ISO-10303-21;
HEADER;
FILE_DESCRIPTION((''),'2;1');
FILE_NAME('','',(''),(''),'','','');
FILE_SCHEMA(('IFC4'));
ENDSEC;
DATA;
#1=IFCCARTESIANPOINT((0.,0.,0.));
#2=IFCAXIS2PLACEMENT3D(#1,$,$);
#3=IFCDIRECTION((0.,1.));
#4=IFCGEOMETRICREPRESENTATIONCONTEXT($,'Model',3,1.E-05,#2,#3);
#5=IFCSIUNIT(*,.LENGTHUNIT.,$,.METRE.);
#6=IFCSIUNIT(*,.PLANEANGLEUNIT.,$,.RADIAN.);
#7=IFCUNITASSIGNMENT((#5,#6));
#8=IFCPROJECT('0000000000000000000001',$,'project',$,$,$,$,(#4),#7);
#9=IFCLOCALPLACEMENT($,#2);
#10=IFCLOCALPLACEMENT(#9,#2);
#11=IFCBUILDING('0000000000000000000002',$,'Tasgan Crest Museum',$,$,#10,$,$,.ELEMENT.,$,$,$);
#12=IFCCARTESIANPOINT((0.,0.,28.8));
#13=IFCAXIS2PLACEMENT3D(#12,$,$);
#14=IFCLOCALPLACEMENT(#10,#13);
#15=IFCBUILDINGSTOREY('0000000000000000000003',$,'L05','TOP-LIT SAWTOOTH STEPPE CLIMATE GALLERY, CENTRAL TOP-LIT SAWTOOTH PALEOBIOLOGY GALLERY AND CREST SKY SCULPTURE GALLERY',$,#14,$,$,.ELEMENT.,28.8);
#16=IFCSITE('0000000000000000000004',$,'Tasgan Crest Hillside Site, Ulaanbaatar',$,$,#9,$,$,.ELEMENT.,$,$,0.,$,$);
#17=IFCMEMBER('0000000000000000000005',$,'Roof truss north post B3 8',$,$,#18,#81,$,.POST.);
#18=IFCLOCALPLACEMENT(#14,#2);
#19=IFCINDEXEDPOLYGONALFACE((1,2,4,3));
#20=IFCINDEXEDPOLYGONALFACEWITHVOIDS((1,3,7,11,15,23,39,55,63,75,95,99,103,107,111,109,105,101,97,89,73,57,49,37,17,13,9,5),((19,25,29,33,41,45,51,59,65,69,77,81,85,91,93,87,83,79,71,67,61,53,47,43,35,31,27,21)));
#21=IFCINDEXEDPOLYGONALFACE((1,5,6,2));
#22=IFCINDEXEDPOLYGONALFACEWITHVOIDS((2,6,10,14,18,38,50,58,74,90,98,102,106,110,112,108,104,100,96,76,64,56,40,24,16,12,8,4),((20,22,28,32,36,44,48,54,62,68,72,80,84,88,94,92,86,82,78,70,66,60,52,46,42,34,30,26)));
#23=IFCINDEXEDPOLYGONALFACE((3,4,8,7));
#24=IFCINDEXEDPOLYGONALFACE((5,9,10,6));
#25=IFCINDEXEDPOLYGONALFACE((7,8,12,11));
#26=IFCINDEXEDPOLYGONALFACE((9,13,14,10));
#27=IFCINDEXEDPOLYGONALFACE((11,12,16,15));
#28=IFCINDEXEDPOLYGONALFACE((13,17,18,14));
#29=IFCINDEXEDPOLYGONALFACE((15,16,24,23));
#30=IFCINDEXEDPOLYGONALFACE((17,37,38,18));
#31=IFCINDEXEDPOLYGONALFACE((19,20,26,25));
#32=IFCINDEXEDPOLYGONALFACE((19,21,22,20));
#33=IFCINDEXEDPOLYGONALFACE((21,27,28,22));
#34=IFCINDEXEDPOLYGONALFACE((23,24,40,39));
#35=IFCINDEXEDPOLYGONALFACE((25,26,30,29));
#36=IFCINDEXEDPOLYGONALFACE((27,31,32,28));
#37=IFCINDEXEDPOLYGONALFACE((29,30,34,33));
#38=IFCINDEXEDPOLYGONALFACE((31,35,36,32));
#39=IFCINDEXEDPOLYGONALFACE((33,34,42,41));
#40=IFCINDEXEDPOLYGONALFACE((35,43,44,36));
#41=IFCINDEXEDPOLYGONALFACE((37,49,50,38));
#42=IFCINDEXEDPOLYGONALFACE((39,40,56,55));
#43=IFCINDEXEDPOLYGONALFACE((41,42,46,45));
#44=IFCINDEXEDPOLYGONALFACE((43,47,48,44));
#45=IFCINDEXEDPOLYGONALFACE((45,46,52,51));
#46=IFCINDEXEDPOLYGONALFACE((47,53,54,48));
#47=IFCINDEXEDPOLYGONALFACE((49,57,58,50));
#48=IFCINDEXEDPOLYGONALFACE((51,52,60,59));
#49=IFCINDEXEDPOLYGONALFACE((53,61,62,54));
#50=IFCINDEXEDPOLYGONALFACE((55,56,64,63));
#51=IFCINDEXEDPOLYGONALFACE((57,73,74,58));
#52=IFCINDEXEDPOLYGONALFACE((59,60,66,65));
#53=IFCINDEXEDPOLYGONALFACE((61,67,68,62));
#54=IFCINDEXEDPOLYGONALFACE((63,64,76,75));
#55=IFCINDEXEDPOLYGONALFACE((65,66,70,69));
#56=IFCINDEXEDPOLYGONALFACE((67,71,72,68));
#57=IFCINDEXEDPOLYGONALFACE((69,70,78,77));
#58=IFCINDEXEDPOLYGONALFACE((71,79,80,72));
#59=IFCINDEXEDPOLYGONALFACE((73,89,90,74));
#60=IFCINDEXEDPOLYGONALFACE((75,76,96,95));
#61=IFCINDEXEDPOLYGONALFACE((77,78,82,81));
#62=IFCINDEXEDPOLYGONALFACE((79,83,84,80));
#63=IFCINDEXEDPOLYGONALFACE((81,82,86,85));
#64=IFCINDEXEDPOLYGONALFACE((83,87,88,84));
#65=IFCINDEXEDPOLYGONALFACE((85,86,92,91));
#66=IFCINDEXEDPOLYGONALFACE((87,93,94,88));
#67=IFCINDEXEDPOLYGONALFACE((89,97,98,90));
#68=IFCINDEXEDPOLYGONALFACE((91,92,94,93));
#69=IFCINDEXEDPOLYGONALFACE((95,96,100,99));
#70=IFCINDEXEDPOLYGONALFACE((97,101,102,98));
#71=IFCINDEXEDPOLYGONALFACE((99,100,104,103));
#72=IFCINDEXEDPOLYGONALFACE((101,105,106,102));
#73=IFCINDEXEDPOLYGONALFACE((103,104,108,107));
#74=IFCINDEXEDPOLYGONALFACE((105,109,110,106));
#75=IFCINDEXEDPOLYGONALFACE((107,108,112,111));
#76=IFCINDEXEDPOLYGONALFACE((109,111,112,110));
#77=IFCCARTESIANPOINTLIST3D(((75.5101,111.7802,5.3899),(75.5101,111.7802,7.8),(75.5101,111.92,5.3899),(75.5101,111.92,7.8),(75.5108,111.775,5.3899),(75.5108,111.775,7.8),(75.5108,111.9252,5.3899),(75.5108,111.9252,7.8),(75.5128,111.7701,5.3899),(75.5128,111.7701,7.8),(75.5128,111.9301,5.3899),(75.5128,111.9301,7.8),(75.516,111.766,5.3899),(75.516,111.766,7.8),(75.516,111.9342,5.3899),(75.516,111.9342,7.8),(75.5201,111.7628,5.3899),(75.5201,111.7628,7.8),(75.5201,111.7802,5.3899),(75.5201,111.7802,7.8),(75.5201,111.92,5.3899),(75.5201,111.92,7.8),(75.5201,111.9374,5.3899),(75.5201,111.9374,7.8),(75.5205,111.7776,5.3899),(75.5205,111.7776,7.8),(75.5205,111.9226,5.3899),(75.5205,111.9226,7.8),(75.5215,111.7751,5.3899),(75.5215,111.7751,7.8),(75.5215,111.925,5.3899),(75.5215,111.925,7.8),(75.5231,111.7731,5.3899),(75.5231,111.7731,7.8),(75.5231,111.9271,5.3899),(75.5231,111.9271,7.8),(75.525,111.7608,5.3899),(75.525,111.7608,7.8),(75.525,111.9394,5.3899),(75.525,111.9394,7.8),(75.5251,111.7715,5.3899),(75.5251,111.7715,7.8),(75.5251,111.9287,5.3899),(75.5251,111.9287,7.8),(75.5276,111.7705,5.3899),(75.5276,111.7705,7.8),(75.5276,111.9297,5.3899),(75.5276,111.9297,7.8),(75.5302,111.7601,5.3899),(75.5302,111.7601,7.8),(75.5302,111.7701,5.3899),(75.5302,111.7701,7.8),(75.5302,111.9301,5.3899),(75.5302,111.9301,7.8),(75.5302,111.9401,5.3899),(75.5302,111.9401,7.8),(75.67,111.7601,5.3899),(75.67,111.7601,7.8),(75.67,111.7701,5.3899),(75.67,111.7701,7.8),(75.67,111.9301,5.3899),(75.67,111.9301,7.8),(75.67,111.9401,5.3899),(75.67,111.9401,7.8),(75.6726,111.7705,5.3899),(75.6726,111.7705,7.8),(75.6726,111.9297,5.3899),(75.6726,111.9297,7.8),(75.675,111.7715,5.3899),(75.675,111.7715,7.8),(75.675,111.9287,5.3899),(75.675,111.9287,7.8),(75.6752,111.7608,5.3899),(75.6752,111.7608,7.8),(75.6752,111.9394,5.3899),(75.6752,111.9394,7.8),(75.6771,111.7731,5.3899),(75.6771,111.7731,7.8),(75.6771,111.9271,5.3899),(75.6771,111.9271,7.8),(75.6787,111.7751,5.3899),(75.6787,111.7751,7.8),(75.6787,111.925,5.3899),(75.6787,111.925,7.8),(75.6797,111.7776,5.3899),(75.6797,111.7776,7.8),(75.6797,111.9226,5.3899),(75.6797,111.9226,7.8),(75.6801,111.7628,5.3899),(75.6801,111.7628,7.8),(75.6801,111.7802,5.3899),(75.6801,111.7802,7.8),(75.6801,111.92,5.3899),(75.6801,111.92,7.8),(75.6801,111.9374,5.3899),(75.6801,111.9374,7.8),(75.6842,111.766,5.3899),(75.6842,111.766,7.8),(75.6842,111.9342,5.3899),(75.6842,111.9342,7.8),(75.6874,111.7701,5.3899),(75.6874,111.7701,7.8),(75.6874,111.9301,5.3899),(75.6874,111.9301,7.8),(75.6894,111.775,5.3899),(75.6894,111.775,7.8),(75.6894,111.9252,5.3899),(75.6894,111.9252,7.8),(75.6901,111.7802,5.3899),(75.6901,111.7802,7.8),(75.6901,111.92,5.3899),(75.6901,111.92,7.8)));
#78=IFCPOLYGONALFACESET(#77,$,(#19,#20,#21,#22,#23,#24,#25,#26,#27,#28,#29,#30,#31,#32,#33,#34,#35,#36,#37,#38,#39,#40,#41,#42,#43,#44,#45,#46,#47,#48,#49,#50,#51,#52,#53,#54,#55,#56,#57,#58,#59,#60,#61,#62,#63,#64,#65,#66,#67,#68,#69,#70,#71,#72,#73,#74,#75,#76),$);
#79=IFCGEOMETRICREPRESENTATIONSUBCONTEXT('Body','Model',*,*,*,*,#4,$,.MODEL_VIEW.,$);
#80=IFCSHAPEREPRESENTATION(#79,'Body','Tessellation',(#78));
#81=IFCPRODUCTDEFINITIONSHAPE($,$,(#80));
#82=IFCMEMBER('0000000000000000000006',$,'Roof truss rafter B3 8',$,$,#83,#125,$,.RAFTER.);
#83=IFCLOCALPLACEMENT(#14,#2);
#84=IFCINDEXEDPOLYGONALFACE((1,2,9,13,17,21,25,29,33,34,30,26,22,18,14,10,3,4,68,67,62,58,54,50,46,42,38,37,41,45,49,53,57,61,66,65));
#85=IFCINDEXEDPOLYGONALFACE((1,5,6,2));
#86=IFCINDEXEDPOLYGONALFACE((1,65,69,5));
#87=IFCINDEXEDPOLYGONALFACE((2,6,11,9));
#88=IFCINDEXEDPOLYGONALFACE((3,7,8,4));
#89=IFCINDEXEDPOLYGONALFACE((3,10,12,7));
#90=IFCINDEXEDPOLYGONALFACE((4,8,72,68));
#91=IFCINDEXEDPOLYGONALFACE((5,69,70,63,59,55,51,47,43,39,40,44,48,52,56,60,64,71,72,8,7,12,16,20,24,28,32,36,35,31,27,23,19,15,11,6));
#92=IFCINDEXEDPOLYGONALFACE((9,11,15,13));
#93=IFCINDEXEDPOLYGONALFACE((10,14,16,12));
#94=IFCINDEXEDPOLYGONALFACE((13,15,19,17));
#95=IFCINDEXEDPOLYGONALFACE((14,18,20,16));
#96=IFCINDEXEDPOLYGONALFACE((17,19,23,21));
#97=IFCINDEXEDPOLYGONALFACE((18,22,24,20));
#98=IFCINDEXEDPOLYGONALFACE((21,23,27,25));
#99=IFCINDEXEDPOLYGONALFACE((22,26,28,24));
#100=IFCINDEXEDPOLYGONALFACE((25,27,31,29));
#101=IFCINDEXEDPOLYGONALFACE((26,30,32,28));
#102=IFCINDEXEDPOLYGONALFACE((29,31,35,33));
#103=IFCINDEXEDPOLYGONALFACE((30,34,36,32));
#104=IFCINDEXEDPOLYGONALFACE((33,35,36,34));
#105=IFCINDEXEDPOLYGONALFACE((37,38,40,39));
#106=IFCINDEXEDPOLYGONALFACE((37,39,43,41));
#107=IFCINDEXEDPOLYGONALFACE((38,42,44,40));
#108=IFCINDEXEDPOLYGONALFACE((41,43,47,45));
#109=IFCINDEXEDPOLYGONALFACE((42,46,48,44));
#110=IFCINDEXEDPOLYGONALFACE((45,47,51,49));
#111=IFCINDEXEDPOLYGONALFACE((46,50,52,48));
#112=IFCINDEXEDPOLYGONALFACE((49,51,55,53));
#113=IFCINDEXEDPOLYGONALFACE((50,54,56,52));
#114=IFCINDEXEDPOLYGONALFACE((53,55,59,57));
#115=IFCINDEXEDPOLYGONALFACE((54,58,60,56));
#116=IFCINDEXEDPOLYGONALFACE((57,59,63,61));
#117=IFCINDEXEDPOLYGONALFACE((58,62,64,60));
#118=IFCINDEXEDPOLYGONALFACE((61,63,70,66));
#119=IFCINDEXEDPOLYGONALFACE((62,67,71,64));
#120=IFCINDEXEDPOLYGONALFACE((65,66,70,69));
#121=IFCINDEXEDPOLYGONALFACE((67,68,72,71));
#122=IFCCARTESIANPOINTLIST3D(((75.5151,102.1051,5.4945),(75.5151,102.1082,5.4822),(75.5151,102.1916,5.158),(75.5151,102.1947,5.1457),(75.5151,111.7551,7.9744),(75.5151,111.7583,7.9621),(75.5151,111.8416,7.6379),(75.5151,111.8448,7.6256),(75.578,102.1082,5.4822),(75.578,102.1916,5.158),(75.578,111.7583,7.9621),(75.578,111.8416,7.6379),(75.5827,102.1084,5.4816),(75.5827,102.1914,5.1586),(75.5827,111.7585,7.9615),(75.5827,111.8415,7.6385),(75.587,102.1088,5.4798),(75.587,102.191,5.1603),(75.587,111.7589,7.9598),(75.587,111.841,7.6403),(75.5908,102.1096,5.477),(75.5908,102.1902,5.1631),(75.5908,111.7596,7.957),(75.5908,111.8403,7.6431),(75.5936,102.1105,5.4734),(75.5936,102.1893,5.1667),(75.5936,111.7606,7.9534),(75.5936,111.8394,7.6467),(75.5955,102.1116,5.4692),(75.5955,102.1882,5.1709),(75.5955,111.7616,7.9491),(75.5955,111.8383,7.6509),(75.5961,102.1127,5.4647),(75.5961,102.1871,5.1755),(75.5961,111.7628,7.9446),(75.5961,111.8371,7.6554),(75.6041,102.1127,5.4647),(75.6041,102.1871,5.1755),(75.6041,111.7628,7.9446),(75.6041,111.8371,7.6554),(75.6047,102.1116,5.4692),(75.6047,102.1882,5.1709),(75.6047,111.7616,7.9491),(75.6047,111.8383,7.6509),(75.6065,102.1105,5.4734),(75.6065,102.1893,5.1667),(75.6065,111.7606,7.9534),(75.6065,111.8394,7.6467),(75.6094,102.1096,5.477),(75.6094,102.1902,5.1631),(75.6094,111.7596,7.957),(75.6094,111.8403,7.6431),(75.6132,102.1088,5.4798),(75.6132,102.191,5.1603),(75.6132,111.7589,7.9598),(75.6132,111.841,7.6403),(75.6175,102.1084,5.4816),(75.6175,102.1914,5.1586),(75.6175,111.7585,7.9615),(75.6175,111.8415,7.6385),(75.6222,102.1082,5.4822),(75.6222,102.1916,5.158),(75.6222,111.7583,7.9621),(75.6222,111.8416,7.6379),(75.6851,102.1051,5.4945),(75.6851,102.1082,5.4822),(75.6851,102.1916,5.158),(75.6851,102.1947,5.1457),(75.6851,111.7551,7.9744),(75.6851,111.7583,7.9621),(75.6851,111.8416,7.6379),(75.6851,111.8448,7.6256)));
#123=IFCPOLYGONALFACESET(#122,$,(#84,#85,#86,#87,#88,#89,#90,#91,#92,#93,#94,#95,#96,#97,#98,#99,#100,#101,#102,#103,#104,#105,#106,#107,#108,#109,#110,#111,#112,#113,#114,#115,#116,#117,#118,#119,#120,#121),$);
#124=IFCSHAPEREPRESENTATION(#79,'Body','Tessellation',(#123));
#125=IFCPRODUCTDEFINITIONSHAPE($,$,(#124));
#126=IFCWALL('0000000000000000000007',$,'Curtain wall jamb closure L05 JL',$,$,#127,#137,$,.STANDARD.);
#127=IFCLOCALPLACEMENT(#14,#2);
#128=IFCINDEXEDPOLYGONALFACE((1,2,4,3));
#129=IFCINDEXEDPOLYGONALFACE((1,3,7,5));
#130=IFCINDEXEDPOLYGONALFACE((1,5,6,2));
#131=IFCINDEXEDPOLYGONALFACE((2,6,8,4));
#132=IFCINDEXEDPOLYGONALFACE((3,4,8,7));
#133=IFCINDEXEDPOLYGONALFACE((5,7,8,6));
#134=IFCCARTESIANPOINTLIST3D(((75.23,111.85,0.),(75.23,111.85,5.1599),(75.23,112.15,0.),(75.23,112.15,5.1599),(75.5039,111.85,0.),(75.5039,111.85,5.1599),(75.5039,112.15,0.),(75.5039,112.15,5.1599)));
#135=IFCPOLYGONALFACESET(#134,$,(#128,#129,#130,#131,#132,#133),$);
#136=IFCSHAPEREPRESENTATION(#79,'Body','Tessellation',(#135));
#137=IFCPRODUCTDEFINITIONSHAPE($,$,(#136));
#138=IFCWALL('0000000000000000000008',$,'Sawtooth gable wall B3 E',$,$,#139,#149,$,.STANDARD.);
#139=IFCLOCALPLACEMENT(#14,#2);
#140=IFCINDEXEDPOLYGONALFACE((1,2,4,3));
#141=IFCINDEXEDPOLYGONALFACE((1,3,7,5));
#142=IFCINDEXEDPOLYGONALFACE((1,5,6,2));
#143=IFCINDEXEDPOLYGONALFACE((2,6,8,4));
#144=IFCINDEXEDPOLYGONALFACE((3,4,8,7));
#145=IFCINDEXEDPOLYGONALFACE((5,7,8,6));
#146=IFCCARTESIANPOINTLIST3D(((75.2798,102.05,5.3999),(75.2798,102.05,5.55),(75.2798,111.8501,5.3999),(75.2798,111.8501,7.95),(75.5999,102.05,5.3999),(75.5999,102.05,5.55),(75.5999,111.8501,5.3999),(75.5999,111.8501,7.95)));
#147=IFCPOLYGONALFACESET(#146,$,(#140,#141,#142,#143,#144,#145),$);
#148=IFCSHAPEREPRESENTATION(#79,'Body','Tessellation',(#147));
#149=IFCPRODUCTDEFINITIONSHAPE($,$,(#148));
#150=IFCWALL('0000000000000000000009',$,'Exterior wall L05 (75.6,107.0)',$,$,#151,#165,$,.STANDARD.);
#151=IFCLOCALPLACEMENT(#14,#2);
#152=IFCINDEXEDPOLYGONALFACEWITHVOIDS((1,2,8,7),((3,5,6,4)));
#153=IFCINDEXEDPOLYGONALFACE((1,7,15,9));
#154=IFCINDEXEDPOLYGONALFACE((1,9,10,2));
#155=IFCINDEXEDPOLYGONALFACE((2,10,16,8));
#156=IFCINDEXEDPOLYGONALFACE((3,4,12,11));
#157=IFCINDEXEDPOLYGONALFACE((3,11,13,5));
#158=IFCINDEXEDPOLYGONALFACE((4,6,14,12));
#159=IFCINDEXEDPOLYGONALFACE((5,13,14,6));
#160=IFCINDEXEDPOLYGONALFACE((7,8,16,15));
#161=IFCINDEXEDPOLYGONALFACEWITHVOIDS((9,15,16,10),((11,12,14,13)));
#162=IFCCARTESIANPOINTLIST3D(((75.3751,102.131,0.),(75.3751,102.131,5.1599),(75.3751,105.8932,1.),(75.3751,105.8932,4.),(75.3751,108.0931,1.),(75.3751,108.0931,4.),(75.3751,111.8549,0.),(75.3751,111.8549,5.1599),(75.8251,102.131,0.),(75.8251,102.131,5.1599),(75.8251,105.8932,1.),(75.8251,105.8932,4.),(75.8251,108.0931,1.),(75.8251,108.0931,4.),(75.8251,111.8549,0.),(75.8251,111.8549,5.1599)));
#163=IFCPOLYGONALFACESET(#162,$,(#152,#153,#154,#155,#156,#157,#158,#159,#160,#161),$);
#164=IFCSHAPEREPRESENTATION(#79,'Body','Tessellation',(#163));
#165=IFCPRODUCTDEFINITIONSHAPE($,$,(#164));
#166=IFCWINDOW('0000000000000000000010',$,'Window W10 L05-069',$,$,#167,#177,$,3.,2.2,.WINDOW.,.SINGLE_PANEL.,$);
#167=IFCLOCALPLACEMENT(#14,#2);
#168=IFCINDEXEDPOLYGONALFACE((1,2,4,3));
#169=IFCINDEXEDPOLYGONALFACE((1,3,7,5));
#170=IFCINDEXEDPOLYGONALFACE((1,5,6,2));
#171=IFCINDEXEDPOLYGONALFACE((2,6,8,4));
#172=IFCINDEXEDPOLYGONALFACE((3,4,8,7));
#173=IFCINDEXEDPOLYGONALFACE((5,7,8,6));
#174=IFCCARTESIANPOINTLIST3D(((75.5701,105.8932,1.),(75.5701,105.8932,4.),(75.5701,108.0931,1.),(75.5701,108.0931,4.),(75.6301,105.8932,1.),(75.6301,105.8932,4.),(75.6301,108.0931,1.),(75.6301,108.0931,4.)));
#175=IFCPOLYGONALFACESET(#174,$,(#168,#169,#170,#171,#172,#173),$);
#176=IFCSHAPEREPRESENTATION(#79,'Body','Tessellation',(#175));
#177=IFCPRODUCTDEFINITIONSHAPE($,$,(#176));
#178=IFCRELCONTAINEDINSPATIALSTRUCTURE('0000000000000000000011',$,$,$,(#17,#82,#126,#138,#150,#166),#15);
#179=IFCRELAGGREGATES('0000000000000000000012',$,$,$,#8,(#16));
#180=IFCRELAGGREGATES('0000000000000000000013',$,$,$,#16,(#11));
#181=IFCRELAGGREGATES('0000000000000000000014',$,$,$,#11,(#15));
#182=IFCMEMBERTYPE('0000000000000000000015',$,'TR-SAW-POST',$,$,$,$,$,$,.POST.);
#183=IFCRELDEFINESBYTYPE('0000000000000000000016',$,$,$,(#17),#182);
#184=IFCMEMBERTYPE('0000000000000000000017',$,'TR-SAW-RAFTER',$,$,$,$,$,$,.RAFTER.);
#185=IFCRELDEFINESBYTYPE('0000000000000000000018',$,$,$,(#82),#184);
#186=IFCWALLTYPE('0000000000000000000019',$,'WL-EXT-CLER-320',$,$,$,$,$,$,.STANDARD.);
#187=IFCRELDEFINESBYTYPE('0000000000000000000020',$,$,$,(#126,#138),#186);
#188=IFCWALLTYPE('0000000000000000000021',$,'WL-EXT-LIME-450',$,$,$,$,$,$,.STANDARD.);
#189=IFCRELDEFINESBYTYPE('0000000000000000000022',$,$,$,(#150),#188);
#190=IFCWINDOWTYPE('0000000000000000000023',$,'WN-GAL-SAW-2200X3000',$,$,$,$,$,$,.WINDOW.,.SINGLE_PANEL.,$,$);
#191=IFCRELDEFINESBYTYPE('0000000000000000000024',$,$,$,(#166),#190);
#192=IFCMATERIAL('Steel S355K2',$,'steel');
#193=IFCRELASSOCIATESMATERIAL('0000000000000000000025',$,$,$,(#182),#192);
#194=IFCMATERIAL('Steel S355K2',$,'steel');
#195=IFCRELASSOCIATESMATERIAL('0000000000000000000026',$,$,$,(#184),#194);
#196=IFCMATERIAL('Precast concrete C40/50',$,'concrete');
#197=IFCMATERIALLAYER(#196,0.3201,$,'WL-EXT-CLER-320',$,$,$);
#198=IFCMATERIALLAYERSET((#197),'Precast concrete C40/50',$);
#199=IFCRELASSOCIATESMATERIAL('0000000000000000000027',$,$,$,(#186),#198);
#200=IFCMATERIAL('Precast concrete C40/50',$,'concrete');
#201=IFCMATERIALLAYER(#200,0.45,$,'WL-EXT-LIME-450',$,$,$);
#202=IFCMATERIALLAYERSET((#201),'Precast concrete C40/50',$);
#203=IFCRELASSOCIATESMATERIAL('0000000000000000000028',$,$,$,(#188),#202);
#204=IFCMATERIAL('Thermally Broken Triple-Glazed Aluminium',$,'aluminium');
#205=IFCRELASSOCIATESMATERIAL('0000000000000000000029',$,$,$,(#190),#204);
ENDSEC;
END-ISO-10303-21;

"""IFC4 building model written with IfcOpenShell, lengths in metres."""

from ifc_helpers import new_model, si_unit, direction, frame, frame_2d, origin, origin_2d, place, context, subcontext, project, spatial, polyline, rectangle, hollow_rectangle, i_section, outline, extrude, material, layer, layer_set, material_profile, profile_set, type_object, element, fill, save


model = new_model("IFC4")

# Units and contexts
model_context = context("Model", 3, precision=1e-05, world=origin(), true_north=direction((0.0, 1.0)))
body_context = subcontext(model_context, "Body", "Model", "MODEL_VIEW")
ifc_project = project(units=[si_unit("LENGTHUNIT", "METRE"), si_unit("PLANEANGLEUNIT", "RADIAN")], contexts=[model_context])

# Site, building, storey
site_placement = place(None, origin())
site = spatial("IfcSite", under=ifc_project, at=site_placement, Name="Tasgan Crest Hillside Site, Ulaanbaatar", CompositionType="ELEMENT", RefElevation=0.0)
building_placement = place(site_placement, origin())
building = spatial("IfcBuilding", under=site, at=building_placement, Name="Tasgan Crest Museum", CompositionType="ELEMENT")
storey_placement = place(building_placement, frame((0.0, 0.0, 28.8)))
storey = spatial("IfcBuildingStorey", under=building, at=storey_placement, Name="L05", Description="TOP-LIT SAWTOOTH STEPPE CLIMATE GALLERY, CENTRAL TOP-LIT SAWTOOTH PALEOBIOLOGY GALLERY AND CREST SKY SCULPTURE GALLERY", CompositionType="ELEMENT", Elevation=28.8)

# Members
ifc_material_1 = material(Name="Steel S355K2", Category="steel")
ifc_material_profile_1 = material_profile(ifc_material_1, hollow_rectangle(XDim=0.1799, YDim=0.1799, WallThickness=0.01, InnerFilletRadius=0.01, OuterFilletRadius=0.02, at=origin_2d()), Name="SHS 180x180x10")
ifc_profile_set_1 = profile_set([ifc_material_profile_1], Name="Steel S355K2")
member_type_1 = type_object("IfcMemberType", Name="TR-SAW-POST", PredefinedType="POST", material=ifc_profile_set_1)
for number, where, z_axis, x_axis, name in (
    (1, (75.6001, 111.8501, 5.3899), (0.0, 0.0, 1.0), (1.0, 0.0, 0.0), "Roof truss north post B3 8"),
):
    element("IfcMember", number, at=place(storey_placement, frame(where, z_axis=z_axis, x_axis=x_axis)), inside=storey, type_object=member_type_1, Name=name, PredefinedType="POST", context=body_context, shape_type="SweptSolid", body=[
        extrude(hollow_rectangle(XDim=0.1799, YDim=0.1799, WallThickness=0.01, InnerFilletRadius=0.01, OuterFilletRadius=0.02, at=origin_2d()), origin(), (0.0, 0.0, 1.0), 2.4102),
    ])
ifc_material_2 = material(Name="Steel S355K2", Category="steel")
ifc_material_profile_2 = material_profile(ifc_material_2, i_section(OverallWidth=0.1699, OverallDepth=0.3601, WebThickness=0.0081, FlangeThickness=0.0127, FilletRadius=0.0181, at=origin_2d()), Name="IPE 360")
ifc_profile_set_2 = profile_set([ifc_material_profile_2], Name="Steel S355K2")
member_type_2 = type_object("IfcMemberType", Name="TR-SAW-RAFTER", PredefinedType="RAFTER", material=ifc_profile_set_2)
member_1_placement = place(storey_placement, frame((75.6001, 102.1499, 5.3201), z_axis=(0.0, 0.968529, 0.248901), x_axis=(-1.0, 0.0, 0.0)))
element("IfcMember", 2, at=member_1_placement, inside=storey, type_object=member_type_2, Name="Roof truss rafter B3 8", PredefinedType="RAFTER", context=body_context, shape_type="SweptSolid", body=[
    extrude(i_section(OverallWidth=0.1699, OverallDepth=0.3601, WebThickness=0.0081, FlangeThickness=0.0127, FilletRadius=0.0181, at=origin_2d()), origin(), (0.0, 0.0, 1.0), 9.9636),
])

# Walls
ifc_material_3 = material(Name="Precast concrete C40/50", Category="concrete")
ifc_layer_1 = layer(ifc_material_3, 0.3201, Name="WL-EXT-CLER-320")
ifc_layer_set_1 = layer_set([ifc_layer_1], Name="Precast concrete C40/50")
wall_type_1 = type_object("IfcWallType", Name="WL-EXT-CLER-320", PredefinedType="STANDARD", material=ifc_layer_set_1)
wall_1_placement = place(storey_placement, frame((75.5039, 112.0, 0.0), z_axis=(0.0, 0.0, 1.0), x_axis=(-1.0, 0.0, 0.0)))
element("IfcWall", 3, at=wall_1_placement, inside=storey, type_object=wall_type_1, Name="Curtain wall jamb closure L05 JL", PredefinedType="STANDARD", context=body_context, shape_type="SweptSolid", body=[
    extrude(rectangle(XDim=0.2739, YDim=0.3, at=frame_2d((0.137, 0.0))), origin(), (0.0, 0.0, 1.0), 5.1599),
])
wall_2_placement = place(storey_placement, frame((75.4399, 102.05, 5.3999), z_axis=(0.0, 0.0, 1.0), x_axis=(0.0, 1.0, 0.0)))
element("IfcWall", 4, at=wall_2_placement, inside=storey, type_object=wall_type_1, Name="Sawtooth gable wall B3 E", PredefinedType="STANDARD", context=body_context, shape_type="SweptSolid", body=[
    extrude(outline(polyline([(0.0, 0.0), (9.8, 0.0), (9.8, 2.55), (0.0, 0.1501), (0.0, 0.0)])), frame((0.0, 0.1602, 0.0), z_axis=(0.0, -1.0, 0.0), x_axis=(1.0, 0.0, 0.0)), (0.0, 0.0, 1.0), 0.3201),
])

# Wall, opening, window
ifc_material_4 = material(Name="Precast concrete C40/50", Category="concrete")
ifc_layer_2 = layer(ifc_material_4, 0.45, Name="WL-EXT-LIME-450")
ifc_layer_set_2 = layer_set([ifc_layer_2], Name="Precast concrete C40/50")
wall_type_2 = type_object("IfcWallType", Name="WL-EXT-LIME-450", PredefinedType="STANDARD", material=ifc_layer_set_2)
wall_3_placement = place(storey_placement, frame((75.6001, 102.1311, 0.0), z_axis=(0.0, 0.0, 1.0), x_axis=(0.0, 1.0, 0.0)))
wall_3 = element("IfcWall", 5, at=wall_3_placement, inside=storey, type_object=wall_type_2, Name="Exterior wall L05 (75.6,107.0)", PredefinedType="STANDARD", context=body_context, shape_type="SweptSolid", body=[
    extrude(rectangle(XDim=9.7239, YDim=0.45, at=frame_2d((4.8618, 0.0))), origin(), (0.0, 0.0, 1.0), 5.1599),
])
opening_placement = place(wall_3_placement, frame((3.762, 0.0, 1.0)))
opening = element("IfcOpeningElement", 6, at=opening_placement, cuts=wall_3, PredefinedType="OPENING", context=body_context, shape_type="SweptSolid", body=[
    extrude(rectangle(XDim=2.2, YDim=3.0, at=frame_2d((1.1001, 1.5))), frame((0.0, 0.2349, 0.0), z_axis=(0.0, -1.0, 0.0), x_axis=(1.0, 0.0, 0.0)), (0.0, 0.0, 1.0), 0.47),
])
ifc_material_5 = material(Name="Thermally Broken Triple-Glazed Aluminium", Category="aluminium")
window_type = type_object("IfcWindowType", Name="WN-GAL-SAW-2200X3000", PartitioningType="SINGLE_PANEL", PredefinedType="WINDOW", material=ifc_material_5)
window_placement = place(opening_placement, origin())
window = element("IfcWindow", 7, at=window_placement, inside=storey, type_object=window_type, Name="Window W10 L05-069", OverallHeight=3.0, OverallWidth=2.2, PartitioningType="SINGLE_PANEL", PredefinedType="WINDOW", context=body_context, shape_type="SweptSolid", body=[
    extrude(rectangle(XDim=2.2, YDim=3.0, at=frame_2d((1.1001, 1.5))), frame((0.0, 0.03, 0.0), z_axis=(0.0, -1.0, 0.0), x_axis=(1.0, 0.0, 0.0)), (0.0, 0.0, 1.0), 0.0601),
])
fill(opening, window)

save(model, "model.ifc")
